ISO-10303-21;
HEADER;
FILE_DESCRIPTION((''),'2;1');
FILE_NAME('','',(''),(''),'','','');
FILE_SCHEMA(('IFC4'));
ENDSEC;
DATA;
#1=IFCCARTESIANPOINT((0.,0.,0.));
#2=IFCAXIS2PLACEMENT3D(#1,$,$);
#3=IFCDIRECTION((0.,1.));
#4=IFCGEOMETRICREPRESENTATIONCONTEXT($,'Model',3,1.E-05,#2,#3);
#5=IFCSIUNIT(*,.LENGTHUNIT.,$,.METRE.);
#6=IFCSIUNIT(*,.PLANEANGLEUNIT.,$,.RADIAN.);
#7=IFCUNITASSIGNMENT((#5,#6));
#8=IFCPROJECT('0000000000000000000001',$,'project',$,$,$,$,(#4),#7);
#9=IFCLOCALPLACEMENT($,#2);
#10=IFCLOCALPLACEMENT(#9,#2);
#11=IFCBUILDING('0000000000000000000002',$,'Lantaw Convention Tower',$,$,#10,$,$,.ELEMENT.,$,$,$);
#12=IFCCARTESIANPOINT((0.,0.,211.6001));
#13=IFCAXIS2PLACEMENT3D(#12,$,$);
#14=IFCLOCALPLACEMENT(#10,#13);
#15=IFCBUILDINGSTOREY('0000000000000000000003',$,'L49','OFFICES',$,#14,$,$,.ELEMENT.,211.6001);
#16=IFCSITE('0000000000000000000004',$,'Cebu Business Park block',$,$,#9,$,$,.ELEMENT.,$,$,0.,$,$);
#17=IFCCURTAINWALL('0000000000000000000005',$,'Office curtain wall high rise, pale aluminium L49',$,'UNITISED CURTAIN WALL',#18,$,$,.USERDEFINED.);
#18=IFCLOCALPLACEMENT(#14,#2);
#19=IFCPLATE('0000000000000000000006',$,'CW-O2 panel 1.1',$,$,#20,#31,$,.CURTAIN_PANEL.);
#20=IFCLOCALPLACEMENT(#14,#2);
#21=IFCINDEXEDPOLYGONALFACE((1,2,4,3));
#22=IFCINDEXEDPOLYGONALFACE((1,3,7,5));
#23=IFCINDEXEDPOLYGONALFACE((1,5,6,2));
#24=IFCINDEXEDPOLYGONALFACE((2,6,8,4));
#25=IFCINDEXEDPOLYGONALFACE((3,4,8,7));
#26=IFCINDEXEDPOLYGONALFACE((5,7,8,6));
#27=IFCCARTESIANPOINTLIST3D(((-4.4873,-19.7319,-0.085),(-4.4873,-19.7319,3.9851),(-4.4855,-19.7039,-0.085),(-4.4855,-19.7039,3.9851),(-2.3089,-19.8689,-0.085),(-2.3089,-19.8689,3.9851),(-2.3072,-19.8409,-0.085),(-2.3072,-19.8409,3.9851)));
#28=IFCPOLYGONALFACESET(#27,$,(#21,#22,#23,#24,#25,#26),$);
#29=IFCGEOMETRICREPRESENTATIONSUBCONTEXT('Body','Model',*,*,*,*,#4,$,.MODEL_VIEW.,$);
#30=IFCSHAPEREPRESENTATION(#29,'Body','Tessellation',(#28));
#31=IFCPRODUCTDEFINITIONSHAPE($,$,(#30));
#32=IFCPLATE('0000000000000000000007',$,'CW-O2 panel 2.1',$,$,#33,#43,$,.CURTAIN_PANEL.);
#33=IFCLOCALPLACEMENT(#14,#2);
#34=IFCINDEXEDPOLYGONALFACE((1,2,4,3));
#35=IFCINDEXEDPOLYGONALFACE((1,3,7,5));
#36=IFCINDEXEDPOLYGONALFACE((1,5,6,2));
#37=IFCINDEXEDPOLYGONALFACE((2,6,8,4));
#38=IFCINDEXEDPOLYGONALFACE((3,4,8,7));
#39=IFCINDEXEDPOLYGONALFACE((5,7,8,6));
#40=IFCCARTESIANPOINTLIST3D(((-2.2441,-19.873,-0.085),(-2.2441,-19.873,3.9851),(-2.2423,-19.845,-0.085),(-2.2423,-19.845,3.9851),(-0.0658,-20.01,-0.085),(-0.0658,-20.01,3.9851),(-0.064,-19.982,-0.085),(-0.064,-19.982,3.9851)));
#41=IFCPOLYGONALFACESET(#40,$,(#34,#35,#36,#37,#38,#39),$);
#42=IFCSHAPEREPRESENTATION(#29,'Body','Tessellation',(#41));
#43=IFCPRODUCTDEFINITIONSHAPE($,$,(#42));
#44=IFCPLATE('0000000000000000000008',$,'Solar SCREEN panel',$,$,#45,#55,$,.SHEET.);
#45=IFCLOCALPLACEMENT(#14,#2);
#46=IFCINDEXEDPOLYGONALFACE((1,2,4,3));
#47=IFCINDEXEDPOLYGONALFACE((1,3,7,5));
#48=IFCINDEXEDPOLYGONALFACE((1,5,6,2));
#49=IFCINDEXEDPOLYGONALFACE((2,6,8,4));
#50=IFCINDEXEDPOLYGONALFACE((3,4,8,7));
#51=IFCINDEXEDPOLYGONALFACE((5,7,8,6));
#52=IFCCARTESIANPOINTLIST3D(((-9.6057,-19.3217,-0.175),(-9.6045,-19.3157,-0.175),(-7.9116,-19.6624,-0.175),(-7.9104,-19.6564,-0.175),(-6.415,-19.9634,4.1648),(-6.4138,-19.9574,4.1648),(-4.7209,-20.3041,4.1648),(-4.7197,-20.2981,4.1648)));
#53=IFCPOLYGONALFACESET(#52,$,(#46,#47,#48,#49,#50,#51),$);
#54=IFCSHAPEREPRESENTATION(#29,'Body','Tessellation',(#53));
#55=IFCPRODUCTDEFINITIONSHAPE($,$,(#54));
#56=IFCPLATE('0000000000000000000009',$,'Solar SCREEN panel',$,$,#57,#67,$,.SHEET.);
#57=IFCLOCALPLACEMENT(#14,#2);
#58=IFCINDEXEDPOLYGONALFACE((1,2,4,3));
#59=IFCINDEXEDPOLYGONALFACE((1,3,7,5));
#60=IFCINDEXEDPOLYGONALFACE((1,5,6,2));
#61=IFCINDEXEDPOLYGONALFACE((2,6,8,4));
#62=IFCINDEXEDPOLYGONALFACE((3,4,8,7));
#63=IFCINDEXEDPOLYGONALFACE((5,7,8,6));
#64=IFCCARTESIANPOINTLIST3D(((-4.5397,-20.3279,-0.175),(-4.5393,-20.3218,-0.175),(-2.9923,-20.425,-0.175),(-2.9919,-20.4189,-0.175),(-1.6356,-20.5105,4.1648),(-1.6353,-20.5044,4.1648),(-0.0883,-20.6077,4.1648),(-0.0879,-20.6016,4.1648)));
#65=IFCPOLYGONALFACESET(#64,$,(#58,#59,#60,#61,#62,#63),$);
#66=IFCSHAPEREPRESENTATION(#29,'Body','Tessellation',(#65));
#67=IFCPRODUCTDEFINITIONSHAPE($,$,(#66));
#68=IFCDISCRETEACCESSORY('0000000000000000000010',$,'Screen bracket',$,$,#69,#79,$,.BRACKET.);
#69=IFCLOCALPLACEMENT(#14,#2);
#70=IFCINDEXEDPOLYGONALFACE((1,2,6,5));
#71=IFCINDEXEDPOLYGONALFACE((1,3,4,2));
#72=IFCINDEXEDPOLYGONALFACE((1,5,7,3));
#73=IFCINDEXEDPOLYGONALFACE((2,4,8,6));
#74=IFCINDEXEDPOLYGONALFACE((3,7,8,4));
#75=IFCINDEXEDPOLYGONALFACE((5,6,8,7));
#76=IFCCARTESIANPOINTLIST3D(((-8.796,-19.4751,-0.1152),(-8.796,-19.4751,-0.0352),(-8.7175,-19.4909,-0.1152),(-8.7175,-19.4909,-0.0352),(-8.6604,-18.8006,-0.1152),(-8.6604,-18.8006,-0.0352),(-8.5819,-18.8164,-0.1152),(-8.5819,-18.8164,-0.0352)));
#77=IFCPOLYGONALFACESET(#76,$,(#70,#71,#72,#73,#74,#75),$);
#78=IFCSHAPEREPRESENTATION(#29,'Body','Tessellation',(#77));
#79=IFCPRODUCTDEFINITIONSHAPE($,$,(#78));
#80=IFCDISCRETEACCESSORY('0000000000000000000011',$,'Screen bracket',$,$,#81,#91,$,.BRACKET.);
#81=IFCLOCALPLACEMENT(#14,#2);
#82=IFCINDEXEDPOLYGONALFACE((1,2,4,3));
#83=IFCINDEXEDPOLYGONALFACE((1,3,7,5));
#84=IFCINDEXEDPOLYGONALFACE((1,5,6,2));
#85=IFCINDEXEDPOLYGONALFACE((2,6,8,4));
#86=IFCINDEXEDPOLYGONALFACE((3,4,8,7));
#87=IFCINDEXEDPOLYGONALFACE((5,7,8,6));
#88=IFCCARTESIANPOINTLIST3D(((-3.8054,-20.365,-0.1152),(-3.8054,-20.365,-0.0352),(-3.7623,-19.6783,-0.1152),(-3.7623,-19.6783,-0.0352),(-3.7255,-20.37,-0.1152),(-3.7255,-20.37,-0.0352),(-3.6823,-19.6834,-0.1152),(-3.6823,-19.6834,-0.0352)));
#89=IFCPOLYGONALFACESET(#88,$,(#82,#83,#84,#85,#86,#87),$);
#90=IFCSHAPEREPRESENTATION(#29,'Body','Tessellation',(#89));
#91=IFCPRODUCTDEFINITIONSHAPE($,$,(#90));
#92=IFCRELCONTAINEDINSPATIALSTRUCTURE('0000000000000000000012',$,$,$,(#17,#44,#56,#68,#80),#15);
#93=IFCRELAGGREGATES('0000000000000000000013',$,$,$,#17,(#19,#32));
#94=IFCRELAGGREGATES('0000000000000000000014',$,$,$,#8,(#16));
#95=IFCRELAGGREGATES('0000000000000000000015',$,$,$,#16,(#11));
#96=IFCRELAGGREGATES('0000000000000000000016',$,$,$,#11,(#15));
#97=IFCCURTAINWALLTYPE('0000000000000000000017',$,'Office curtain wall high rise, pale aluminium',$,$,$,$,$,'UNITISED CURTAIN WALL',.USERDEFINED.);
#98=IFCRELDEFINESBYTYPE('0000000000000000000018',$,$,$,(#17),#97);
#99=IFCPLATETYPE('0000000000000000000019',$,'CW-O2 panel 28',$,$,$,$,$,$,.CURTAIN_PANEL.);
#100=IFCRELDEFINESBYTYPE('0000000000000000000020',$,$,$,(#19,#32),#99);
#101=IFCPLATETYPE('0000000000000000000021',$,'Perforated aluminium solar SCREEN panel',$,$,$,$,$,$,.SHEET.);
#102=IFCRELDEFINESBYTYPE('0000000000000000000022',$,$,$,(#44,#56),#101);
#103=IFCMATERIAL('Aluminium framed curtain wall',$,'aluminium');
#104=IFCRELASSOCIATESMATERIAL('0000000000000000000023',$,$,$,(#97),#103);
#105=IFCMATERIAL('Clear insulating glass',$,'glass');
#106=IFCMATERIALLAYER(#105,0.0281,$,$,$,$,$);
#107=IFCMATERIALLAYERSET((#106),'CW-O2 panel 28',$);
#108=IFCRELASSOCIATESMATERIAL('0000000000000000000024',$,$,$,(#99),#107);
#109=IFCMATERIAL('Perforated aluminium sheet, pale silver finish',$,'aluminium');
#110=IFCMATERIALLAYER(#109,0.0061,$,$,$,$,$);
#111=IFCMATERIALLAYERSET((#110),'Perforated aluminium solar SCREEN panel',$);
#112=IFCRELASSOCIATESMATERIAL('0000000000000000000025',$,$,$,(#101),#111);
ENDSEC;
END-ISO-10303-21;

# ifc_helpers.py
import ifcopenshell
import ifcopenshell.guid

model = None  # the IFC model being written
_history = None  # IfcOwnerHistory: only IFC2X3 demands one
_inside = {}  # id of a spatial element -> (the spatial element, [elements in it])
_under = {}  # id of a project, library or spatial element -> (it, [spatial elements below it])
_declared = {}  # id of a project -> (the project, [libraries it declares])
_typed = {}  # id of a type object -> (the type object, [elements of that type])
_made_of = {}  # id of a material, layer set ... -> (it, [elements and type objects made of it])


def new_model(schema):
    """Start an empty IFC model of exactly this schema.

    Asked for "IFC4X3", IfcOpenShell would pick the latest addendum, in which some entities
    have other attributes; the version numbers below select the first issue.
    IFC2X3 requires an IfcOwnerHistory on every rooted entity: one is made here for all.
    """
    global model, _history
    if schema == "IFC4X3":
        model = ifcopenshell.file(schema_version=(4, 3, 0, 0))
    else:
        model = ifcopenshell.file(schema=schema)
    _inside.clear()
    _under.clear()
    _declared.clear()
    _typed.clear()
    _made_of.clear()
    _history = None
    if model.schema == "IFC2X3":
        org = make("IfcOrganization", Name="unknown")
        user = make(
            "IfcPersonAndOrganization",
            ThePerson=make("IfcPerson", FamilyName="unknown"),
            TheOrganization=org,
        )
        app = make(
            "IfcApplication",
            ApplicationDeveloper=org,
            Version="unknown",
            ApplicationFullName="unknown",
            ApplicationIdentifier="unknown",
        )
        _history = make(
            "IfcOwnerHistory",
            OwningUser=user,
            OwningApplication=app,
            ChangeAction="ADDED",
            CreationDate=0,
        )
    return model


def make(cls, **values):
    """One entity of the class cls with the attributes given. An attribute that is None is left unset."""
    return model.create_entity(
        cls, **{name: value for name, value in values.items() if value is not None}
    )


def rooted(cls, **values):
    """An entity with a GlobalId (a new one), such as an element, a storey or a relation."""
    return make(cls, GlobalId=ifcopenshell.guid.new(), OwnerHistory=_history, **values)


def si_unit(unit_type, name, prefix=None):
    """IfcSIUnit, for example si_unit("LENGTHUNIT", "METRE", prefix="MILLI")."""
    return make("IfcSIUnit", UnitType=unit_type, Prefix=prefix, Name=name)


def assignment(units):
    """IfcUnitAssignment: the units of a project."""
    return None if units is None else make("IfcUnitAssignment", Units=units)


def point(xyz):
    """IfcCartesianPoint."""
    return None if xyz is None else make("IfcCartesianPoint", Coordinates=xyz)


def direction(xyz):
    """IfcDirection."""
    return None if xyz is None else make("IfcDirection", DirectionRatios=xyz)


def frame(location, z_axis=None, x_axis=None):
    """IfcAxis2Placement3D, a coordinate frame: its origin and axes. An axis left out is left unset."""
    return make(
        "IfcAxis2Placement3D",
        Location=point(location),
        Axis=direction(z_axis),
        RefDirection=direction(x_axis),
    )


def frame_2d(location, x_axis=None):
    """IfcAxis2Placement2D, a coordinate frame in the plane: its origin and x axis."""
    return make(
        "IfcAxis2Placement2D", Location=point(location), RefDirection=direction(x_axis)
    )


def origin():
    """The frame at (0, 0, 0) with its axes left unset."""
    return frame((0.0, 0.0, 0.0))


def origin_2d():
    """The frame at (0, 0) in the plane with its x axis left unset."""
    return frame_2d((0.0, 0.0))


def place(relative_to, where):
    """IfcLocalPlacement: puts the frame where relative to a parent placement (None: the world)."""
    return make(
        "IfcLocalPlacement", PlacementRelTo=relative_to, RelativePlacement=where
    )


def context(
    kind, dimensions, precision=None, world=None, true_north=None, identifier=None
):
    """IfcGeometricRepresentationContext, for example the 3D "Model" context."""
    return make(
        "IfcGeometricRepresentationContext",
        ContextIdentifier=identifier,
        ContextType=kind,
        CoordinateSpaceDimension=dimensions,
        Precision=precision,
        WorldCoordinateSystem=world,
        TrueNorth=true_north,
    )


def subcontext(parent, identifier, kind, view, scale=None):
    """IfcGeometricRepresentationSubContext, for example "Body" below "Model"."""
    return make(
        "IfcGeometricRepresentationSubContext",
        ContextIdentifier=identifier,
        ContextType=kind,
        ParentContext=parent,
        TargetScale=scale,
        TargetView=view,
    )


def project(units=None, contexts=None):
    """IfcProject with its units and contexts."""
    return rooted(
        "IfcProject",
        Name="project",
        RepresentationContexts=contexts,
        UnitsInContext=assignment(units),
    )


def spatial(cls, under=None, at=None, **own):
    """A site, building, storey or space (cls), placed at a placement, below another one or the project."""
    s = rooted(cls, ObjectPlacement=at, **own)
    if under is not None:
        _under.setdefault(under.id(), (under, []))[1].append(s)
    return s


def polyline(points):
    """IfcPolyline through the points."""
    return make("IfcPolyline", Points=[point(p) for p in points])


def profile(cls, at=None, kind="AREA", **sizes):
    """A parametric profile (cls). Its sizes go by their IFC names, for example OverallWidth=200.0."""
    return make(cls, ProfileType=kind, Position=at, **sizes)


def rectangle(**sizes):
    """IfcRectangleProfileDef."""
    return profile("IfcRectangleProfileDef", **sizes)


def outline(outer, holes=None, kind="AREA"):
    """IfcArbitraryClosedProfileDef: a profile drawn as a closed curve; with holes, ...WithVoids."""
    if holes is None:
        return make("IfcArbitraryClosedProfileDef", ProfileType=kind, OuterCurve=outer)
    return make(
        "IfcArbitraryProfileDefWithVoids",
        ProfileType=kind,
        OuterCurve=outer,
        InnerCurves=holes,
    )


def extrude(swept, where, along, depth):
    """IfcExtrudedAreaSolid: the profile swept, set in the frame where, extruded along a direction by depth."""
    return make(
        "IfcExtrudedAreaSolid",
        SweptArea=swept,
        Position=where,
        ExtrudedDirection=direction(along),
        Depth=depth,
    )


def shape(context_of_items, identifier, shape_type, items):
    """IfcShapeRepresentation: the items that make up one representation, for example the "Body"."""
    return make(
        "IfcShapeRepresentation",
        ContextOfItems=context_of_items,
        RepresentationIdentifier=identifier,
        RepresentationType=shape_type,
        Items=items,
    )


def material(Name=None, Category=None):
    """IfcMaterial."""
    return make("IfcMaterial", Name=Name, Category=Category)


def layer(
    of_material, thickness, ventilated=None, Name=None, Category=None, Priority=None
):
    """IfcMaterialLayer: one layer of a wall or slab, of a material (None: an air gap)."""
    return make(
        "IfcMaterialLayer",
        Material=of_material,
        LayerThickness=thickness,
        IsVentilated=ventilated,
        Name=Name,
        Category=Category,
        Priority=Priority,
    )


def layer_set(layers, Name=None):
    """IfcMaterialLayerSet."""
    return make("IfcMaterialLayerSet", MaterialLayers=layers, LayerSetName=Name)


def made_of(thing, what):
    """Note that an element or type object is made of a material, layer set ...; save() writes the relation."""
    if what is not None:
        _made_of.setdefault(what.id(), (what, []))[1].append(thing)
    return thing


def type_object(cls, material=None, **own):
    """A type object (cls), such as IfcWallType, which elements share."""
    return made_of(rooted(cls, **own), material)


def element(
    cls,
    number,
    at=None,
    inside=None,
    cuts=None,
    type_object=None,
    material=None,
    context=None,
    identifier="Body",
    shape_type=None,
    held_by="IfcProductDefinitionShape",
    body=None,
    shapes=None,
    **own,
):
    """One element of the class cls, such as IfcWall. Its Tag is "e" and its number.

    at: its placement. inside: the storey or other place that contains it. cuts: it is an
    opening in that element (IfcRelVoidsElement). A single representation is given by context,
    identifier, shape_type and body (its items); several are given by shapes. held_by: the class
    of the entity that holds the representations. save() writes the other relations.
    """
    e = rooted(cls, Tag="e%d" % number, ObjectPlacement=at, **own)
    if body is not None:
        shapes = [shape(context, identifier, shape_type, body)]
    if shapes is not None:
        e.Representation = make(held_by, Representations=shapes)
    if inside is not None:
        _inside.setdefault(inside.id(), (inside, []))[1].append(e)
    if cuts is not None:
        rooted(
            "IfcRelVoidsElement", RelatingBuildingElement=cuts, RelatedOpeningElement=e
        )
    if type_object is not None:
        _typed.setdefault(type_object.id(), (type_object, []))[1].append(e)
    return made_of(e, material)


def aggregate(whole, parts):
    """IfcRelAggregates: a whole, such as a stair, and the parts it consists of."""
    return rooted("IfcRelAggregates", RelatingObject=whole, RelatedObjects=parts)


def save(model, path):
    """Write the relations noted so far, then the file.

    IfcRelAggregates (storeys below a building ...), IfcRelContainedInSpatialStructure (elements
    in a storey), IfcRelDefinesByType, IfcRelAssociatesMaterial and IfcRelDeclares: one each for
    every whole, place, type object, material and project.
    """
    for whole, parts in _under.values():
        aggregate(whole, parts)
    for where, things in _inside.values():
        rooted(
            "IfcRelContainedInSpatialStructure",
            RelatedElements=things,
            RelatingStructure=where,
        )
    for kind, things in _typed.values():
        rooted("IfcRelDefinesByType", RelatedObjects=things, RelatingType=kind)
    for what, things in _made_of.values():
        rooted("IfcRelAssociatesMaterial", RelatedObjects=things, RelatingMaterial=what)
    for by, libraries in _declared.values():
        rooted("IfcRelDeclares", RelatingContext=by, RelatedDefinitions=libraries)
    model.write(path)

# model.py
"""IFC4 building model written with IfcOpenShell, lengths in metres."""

from ifc_helpers import new_model, si_unit, direction, frame, origin, origin_2d, place, context, subcontext, project, spatial, polyline, rectangle, outline, extrude, material, layer, layer_set, type_object, element, aggregate, save


model = new_model("IFC4")

# Units and contexts
model_context = context("Model", 3, precision=1e-05, world=origin(), true_north=direction((0.0, 1.0)))
body_context = subcontext(model_context, "Body", "Model", "MODEL_VIEW")
ifc_project = project(units=[si_unit("LENGTHUNIT", "METRE"), si_unit("PLANEANGLEUNIT", "RADIAN")], contexts=[model_context])

# Site, building, storey
site_placement = place(None, origin())
site = spatial("IfcSite", under=ifc_project, at=site_placement, Name="Cebu Business Park block", CompositionType="ELEMENT", RefElevation=0.0)
building_placement = place(site_placement, origin())
building = spatial("IfcBuilding", under=site, at=building_placement, Name="Lantaw Convention Tower", CompositionType="ELEMENT")
storey_placement = place(building_placement, frame((0.0, 0.0, 211.6001)))
storey = spatial("IfcBuildingStorey", under=building, at=storey_placement, Name="L49", Description="OFFICES", CompositionType="ELEMENT", Elevation=211.6001)

# Curtain wall
ifc_material_1 = material(Name="Aluminium framed curtain wall", Category="aluminium")
curtain_wall_type = type_object("IfcCurtainWallType", Name="Office curtain wall high rise, pale aluminium", ElementType="UNITISED CURTAIN WALL", PredefinedType="USERDEFINED", material=ifc_material_1)
curtain_wall_1_placement = place(storey_placement, origin())
curtain_wall_1 = element("IfcCurtainWall", 1, at=curtain_wall_1_placement, inside=storey, type_object=curtain_wall_type, Name="Office curtain wall high rise, pale aluminium L49", ObjectType="UNITISED CURTAIN WALL", PredefinedType="USERDEFINED")

# Plates
ifc_material_2 = material(Name="Clear insulating glass", Category="glass")
ifc_layer_1 = layer(ifc_material_2, 0.0281)
ifc_layer_set_1 = layer_set([ifc_layer_1], Name="CW-O2 panel 28")
plate_type_1 = type_object("IfcPlateType", Name="CW-O2 panel 28", PredefinedType="CURTAIN_PANEL", material=ifc_layer_set_1)
plate_1_placement = place(storey_placement, frame((-3.3972, -19.7864, -0.085), z_axis=(0.0, 0.0, 1.0), x_axis=(0.998029, -0.062758, 0.0)))
plate_1 = element("IfcPlate", 2, at=plate_1_placement, type_object=plate_type_1, Name="CW-O2 panel 1.1", PredefinedType="CURTAIN_PANEL", context=body_context, shape_type="SweptSolid", body=[
    extrude(rectangle(XDim=2.1826, YDim=0.0281, at=origin_2d()), origin(), (0.0, 0.0, 1.0), 4.0701),
])
plate_2_placement = place(storey_placement, frame((-1.1541, -19.9275, -0.085), z_axis=(0.0, 0.0, 1.0), x_axis=(0.998029, -0.062758, 0.0)))
plate_2 = element("IfcPlate", 3, at=plate_2_placement, type_object=plate_type_1, Name="CW-O2 panel 2.1", PredefinedType="CURTAIN_PANEL", context=body_context, shape_type="SweptSolid", body=[
    extrude(rectangle(XDim=2.1826, YDim=0.0281, at=origin_2d()), origin(), (0.0, 0.0, 1.0), 4.0701),
])
aggregate(curtain_wall_1, [plate_1, plate_2])

# Plates
ifc_material_3 = material(Name="Perforated aluminium sheet, pale silver finish", Category="aluminium")
ifc_layer_2 = layer(ifc_material_3, 0.0061)
ifc_layer_set_2 = layer_set([ifc_layer_2], Name="Perforated aluminium solar SCREEN panel")
plate_type_2 = type_object("IfcPlateType", Name="Perforated aluminium solar SCREEN panel", PredefinedType="SHEET", material=ifc_layer_set_2)
plate_3_placement = place(storey_placement, frame((-9.6045, -19.3157, -0.175), z_axis=(0.197162, 0.980371, 0.000011), x_axis=(0.980371, -0.197162, 0.0)))
element("IfcPlate", 4, at=plate_3_placement, inside=storey, type_object=plate_type_2, Name="Solar SCREEN panel", PredefinedType="SHEET", context=body_context, shape_type="SweptSolid", body=[
    extrude(outline(polyline([(0.0, 0.0), (1.728, 0.0), (4.9826, -4.3398), (3.2545, -4.3398), (0.0, 0.0)])), origin(), (0.0, 0.0, -1.0), 0.0061),
])
plate_4_placement = place(storey_placement, frame((-4.5393, -20.3218, -0.175), z_axis=(0.062672, 0.998034, 0.000059), x_axis=(0.998034, -0.062672, 0.0)))
element("IfcPlate", 5, at=plate_4_placement, inside=storey, type_object=plate_type_2, Name="Solar SCREEN panel", PredefinedType="SHEET", context=body_context, shape_type="SweptSolid", body=[
    extrude(outline(polyline([(0.0, 0.0), (1.5504, 0.0), (4.4602, -4.3398), (2.9098, -4.3398), (0.0, 0.0)])), origin(), (0.0, 0.0, -1.0), 0.0061),
])

# Discrete accessories
for number, where, z_axis, x_axis, name in (
    (6, (-8.689, -19.1458, -0.1152), (0.0, 0.0, 1.0), (0.980367, -0.197183, 0.0), "Screen bracket"),
    (7, (-3.7439, -20.0242, -0.1152), (0.0, 0.0, 1.0), (0.998029, -0.062758, 0.0), "Screen bracket"),
):
    element("IfcDiscreteAccessory", number, at=place(storey_placement, frame(where, z_axis=z_axis, x_axis=x_axis)), inside=storey, Name=name, PredefinedType="BRACKET", context=body_context, shape_type="SweptSolid", body=[
        extrude(rectangle(XDim=0.0801, YDim=0.688, at=origin_2d()), origin(), (0.0, 0.0, 1.0), 0.0801),
    ])

save(model, "model.ifc")
